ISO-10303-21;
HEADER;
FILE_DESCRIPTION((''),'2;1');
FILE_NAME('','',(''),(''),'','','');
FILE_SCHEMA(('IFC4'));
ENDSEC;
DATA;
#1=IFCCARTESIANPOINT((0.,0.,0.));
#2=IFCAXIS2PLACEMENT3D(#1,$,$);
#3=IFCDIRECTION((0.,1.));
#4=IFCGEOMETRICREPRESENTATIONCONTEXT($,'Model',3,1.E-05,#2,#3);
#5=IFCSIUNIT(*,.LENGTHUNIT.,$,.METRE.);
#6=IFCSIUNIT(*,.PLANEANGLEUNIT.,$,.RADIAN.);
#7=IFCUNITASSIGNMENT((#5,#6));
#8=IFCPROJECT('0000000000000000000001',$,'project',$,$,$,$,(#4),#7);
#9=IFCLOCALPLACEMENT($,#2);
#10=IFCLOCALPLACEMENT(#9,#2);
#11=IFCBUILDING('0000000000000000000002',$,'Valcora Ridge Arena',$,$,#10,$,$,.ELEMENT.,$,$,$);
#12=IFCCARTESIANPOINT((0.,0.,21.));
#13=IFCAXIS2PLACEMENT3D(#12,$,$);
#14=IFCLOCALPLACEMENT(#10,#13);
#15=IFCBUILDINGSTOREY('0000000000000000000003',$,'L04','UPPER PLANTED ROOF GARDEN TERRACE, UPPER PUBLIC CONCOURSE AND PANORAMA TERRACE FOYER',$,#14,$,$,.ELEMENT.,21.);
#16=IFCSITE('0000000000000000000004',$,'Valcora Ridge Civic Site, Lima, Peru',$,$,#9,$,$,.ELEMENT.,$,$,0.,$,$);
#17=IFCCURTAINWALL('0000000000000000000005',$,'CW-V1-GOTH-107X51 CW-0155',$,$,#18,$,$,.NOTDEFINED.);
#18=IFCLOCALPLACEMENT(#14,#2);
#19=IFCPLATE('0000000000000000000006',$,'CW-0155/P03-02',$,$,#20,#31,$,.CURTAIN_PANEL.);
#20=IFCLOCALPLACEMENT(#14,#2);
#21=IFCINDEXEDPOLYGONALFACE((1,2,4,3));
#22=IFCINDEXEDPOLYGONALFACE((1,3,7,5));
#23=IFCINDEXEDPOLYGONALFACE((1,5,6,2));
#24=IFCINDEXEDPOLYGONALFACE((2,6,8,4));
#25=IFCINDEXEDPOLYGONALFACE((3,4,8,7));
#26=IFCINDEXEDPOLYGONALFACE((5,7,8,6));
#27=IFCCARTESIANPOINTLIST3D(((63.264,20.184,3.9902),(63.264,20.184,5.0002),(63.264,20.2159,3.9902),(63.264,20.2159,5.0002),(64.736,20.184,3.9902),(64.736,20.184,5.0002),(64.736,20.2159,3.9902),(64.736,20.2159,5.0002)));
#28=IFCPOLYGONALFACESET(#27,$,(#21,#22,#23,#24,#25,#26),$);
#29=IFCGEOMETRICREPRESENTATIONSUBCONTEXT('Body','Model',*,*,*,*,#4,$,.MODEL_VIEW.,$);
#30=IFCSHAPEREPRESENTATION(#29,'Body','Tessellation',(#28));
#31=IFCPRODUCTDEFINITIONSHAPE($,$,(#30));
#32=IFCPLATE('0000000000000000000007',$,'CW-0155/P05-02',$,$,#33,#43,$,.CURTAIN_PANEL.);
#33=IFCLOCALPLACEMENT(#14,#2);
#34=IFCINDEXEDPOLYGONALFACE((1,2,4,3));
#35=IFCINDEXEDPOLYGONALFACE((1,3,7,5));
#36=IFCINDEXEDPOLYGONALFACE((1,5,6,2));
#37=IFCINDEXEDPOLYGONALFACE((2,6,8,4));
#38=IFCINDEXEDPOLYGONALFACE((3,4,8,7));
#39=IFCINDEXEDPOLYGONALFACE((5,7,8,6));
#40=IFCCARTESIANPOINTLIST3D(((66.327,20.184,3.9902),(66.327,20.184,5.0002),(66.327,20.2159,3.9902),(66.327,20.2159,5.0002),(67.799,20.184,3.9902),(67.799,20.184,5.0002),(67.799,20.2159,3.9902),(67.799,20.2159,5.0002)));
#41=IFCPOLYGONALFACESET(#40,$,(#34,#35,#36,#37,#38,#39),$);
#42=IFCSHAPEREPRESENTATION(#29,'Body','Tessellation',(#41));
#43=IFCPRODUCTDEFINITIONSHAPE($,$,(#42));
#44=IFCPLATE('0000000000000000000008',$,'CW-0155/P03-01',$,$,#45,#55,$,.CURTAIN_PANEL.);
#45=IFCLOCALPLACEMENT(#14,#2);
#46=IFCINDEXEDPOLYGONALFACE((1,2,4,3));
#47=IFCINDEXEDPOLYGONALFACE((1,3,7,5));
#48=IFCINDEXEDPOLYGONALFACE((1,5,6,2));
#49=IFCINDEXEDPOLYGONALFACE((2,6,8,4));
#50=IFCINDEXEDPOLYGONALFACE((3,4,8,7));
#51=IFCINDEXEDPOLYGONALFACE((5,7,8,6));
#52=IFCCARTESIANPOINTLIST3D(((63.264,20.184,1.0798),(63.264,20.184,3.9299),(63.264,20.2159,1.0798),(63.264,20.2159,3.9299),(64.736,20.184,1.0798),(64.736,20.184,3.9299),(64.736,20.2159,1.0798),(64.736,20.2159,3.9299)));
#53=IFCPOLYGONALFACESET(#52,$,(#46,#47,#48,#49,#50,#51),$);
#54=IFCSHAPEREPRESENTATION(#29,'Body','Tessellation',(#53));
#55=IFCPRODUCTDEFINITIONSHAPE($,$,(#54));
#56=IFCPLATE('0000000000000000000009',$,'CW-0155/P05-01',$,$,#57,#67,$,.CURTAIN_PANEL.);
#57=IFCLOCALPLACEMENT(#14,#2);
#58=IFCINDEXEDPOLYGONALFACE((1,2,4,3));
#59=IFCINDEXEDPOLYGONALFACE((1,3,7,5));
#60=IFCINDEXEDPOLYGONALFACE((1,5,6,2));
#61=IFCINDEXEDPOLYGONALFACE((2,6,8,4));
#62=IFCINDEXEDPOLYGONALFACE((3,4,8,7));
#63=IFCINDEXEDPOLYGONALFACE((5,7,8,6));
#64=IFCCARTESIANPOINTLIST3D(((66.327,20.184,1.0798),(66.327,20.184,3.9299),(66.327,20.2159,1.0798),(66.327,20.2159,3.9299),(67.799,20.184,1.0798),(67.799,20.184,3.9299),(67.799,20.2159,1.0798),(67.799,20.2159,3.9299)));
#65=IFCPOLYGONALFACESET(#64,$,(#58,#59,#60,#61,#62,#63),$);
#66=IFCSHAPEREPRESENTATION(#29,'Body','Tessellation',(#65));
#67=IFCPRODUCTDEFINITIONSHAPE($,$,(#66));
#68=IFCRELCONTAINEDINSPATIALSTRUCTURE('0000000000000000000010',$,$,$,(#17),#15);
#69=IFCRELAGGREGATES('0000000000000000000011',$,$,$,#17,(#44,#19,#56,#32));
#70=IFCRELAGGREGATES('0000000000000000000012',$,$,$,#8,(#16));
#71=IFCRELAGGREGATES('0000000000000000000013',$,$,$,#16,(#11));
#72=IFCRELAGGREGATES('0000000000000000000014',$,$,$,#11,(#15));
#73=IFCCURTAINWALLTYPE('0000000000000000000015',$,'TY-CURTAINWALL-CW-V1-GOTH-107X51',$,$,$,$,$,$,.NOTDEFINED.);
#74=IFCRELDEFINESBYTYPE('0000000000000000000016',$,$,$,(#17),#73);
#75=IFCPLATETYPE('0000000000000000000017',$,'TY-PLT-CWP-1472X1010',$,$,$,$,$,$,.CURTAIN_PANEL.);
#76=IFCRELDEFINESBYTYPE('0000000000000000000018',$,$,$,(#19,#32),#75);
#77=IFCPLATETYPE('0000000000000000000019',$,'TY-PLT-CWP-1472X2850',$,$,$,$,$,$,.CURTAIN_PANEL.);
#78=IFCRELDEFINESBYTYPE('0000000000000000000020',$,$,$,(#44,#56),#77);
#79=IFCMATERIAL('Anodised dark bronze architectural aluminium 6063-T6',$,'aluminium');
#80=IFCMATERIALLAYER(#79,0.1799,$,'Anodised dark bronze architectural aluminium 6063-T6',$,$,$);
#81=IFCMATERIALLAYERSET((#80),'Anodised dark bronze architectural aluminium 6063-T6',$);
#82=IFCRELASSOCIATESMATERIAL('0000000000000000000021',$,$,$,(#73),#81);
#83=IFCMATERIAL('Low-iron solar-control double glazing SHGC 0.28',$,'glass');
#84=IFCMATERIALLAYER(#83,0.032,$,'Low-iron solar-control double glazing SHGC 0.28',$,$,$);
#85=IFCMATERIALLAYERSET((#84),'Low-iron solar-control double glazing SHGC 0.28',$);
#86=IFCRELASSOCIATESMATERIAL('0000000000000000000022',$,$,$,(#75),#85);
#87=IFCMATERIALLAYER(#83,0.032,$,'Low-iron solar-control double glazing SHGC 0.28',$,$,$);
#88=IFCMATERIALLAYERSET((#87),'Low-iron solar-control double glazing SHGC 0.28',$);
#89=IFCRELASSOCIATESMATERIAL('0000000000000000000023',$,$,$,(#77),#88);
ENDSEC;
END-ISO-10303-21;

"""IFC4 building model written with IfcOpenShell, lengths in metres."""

from ifc_helpers import new_model, si_unit, direction, frame, origin, origin_2d, place, context, subcontext, project, spatial, rectangle, extrude, material, layer, layer_set, type_object, element, aggregate, save


model = new_model("IFC4")

# Units and contexts
model_context = context("Model", 3, precision=1e-05, world=origin(), true_north=direction((0.0, 1.0)))
body_context = subcontext(model_context, "Body", "Model", "MODEL_VIEW")
ifc_project = project(units=[si_unit("LENGTHUNIT", "METRE"), si_unit("PLANEANGLEUNIT", "RADIAN")], contexts=[model_context])

# Site, building, storey
site_placement = place(None, origin())
site = spatial("IfcSite", under=ifc_project, at=site_placement, Name="Valcora Ridge Civic Site, Lima, Peru", CompositionType="ELEMENT", RefElevation=0.0)
building_placement = place(site_placement, origin())
building = spatial("IfcBuilding", under=site, at=building_placement, Name="Valcora Ridge Arena", CompositionType="ELEMENT")
storey_placement = place(building_placement, frame((0.0, 0.0, 21.0)))
storey = spatial("IfcBuildingStorey", under=building, at=storey_placement, Name="L04", Description="UPPER PLANTED ROOF GARDEN TERRACE, UPPER PUBLIC CONCOURSE AND PANORAMA TERRACE FOYER", CompositionType="ELEMENT", Elevation=21.0)

# Curtain wall, plates
ifc_material_1 = material(Name="Anodised dark bronze architectural aluminium 6063-T6", Category="aluminium")
ifc_layer_1 = layer(ifc_material_1, 0.1799, Name="Anodised dark bronze architectural aluminium 6063-T6")
ifc_layer_set_1 = layer_set([ifc_layer_1], Name="Anodised dark bronze architectural aluminium 6063-T6")
curtain_wall_type = type_object("IfcCurtainWallType", Name="TY-CURTAINWALL-CW-V1-GOTH-107X51", PredefinedType="NOTDEFINED", material=ifc_layer_set_1)
curtain_wall_placement = place(storey_placement, origin())
curtain_wall = element("IfcCurtainWall", 1, at=curtain_wall_placement, inside=storey, type_object=curtain_wall_type, Name="CW-V1-GOTH-107X51 CW-0155", PredefinedType="NOTDEFINED")
ifc_material_2 = material(Name="Low-iron solar-control double glazing SHGC 0.28", Category="glass")
ifc_layer_2 = layer(ifc_material_2, 0.032, Name="Low-iron solar-control double glazing SHGC 0.28")
ifc_layer_set_2 = layer_set([ifc_layer_2], Name="Low-iron solar-control double glazing SHGC 0.28")
plate_type_1 = type_object("IfcPlateType", Name="TY-PLT-CWP-1472X1010", PredefinedType="CURTAIN_PANEL", material=ifc_layer_set_2)
plate_1_placement = place(storey_placement, frame((64.0, 20.2, 3.9902), z_axis=(0.0, 0.0, 1.0), x_axis=(1.0, 0.0, 0.0)))
plate_1 = element("IfcPlate", 2, at=plate_1_placement, type_object=plate_type_1, Name="CW-0155/P03-02", PredefinedType="CURTAIN_PANEL", context=body_context, shape_type="SweptSolid", body=[
    extrude(rectangle(XDim=1.4719, YDim=0.032, at=origin_2d()), origin(), (0.0, 0.0, 1.0), 1.01),
])
plate_2_placement = place(storey_placement, frame((67.063, 20.2, 3.9902), z_axis=(0.0, 0.0, 1.0), x_axis=(1.0, 0.0, 0.0)))
plate_2 = element("IfcPlate", 3, at=plate_2_placement, type_object=plate_type_1, Name="CW-0155/P05-02", PredefinedType="CURTAIN_PANEL", context=body_context, shape_type="SweptSolid", body=[
    extrude(rectangle(XDim=1.4719, YDim=0.032, at=origin_2d()), origin(), (0.0, 0.0, 1.0), 1.01),
])
ifc_layer_3 = layer(ifc_material_2, 0.032, Name="Low-iron solar-control double glazing SHGC 0.28")
ifc_layer_set_3 = layer_set([ifc_layer_3], Name="Low-iron solar-control double glazing SHGC 0.28")
plate_type_2 = type_object("IfcPlateType", Name="TY-PLT-CWP-1472X2850", PredefinedType="CURTAIN_PANEL", material=ifc_layer_set_3)
plate_3_placement = place(storey_placement, frame((64.0, 20.2, 1.0798), z_axis=(0.0, 0.0, 1.0), x_axis=(1.0, 0.0, 0.0)))
plate_3 = element("IfcPlate", 4, at=plate_3_placement, type_object=plate_type_2, Name="CW-0155/P03-01", PredefinedType="CURTAIN_PANEL", context=body_context, shape_type="SweptSolid", body=[
    extrude(rectangle(XDim=1.4719, YDim=0.032, at=origin_2d()), origin(), (0.0, 0.0, 1.0), 2.8501),
])
plate_4_placement = place(storey_placement, frame((67.063, 20.2, 1.0798), z_axis=(0.0, 0.0, 1.0), x_axis=(1.0, 0.0, 0.0)))
plate_4 = element("IfcPlate", 5, at=plate_4_placement, type_object=plate_type_2, Name="CW-0155/P05-01", PredefinedType="CURTAIN_PANEL", context=body_context, shape_type="SweptSolid", body=[
    extrude(rectangle(XDim=1.4719, YDim=0.032, at=origin_2d()), origin(), (0.0, 0.0, 1.0), 2.8501),
])
aggregate(curtain_wall, [plate_3, plate_1, plate_4, plate_2])

save(model, "model.ifc")
